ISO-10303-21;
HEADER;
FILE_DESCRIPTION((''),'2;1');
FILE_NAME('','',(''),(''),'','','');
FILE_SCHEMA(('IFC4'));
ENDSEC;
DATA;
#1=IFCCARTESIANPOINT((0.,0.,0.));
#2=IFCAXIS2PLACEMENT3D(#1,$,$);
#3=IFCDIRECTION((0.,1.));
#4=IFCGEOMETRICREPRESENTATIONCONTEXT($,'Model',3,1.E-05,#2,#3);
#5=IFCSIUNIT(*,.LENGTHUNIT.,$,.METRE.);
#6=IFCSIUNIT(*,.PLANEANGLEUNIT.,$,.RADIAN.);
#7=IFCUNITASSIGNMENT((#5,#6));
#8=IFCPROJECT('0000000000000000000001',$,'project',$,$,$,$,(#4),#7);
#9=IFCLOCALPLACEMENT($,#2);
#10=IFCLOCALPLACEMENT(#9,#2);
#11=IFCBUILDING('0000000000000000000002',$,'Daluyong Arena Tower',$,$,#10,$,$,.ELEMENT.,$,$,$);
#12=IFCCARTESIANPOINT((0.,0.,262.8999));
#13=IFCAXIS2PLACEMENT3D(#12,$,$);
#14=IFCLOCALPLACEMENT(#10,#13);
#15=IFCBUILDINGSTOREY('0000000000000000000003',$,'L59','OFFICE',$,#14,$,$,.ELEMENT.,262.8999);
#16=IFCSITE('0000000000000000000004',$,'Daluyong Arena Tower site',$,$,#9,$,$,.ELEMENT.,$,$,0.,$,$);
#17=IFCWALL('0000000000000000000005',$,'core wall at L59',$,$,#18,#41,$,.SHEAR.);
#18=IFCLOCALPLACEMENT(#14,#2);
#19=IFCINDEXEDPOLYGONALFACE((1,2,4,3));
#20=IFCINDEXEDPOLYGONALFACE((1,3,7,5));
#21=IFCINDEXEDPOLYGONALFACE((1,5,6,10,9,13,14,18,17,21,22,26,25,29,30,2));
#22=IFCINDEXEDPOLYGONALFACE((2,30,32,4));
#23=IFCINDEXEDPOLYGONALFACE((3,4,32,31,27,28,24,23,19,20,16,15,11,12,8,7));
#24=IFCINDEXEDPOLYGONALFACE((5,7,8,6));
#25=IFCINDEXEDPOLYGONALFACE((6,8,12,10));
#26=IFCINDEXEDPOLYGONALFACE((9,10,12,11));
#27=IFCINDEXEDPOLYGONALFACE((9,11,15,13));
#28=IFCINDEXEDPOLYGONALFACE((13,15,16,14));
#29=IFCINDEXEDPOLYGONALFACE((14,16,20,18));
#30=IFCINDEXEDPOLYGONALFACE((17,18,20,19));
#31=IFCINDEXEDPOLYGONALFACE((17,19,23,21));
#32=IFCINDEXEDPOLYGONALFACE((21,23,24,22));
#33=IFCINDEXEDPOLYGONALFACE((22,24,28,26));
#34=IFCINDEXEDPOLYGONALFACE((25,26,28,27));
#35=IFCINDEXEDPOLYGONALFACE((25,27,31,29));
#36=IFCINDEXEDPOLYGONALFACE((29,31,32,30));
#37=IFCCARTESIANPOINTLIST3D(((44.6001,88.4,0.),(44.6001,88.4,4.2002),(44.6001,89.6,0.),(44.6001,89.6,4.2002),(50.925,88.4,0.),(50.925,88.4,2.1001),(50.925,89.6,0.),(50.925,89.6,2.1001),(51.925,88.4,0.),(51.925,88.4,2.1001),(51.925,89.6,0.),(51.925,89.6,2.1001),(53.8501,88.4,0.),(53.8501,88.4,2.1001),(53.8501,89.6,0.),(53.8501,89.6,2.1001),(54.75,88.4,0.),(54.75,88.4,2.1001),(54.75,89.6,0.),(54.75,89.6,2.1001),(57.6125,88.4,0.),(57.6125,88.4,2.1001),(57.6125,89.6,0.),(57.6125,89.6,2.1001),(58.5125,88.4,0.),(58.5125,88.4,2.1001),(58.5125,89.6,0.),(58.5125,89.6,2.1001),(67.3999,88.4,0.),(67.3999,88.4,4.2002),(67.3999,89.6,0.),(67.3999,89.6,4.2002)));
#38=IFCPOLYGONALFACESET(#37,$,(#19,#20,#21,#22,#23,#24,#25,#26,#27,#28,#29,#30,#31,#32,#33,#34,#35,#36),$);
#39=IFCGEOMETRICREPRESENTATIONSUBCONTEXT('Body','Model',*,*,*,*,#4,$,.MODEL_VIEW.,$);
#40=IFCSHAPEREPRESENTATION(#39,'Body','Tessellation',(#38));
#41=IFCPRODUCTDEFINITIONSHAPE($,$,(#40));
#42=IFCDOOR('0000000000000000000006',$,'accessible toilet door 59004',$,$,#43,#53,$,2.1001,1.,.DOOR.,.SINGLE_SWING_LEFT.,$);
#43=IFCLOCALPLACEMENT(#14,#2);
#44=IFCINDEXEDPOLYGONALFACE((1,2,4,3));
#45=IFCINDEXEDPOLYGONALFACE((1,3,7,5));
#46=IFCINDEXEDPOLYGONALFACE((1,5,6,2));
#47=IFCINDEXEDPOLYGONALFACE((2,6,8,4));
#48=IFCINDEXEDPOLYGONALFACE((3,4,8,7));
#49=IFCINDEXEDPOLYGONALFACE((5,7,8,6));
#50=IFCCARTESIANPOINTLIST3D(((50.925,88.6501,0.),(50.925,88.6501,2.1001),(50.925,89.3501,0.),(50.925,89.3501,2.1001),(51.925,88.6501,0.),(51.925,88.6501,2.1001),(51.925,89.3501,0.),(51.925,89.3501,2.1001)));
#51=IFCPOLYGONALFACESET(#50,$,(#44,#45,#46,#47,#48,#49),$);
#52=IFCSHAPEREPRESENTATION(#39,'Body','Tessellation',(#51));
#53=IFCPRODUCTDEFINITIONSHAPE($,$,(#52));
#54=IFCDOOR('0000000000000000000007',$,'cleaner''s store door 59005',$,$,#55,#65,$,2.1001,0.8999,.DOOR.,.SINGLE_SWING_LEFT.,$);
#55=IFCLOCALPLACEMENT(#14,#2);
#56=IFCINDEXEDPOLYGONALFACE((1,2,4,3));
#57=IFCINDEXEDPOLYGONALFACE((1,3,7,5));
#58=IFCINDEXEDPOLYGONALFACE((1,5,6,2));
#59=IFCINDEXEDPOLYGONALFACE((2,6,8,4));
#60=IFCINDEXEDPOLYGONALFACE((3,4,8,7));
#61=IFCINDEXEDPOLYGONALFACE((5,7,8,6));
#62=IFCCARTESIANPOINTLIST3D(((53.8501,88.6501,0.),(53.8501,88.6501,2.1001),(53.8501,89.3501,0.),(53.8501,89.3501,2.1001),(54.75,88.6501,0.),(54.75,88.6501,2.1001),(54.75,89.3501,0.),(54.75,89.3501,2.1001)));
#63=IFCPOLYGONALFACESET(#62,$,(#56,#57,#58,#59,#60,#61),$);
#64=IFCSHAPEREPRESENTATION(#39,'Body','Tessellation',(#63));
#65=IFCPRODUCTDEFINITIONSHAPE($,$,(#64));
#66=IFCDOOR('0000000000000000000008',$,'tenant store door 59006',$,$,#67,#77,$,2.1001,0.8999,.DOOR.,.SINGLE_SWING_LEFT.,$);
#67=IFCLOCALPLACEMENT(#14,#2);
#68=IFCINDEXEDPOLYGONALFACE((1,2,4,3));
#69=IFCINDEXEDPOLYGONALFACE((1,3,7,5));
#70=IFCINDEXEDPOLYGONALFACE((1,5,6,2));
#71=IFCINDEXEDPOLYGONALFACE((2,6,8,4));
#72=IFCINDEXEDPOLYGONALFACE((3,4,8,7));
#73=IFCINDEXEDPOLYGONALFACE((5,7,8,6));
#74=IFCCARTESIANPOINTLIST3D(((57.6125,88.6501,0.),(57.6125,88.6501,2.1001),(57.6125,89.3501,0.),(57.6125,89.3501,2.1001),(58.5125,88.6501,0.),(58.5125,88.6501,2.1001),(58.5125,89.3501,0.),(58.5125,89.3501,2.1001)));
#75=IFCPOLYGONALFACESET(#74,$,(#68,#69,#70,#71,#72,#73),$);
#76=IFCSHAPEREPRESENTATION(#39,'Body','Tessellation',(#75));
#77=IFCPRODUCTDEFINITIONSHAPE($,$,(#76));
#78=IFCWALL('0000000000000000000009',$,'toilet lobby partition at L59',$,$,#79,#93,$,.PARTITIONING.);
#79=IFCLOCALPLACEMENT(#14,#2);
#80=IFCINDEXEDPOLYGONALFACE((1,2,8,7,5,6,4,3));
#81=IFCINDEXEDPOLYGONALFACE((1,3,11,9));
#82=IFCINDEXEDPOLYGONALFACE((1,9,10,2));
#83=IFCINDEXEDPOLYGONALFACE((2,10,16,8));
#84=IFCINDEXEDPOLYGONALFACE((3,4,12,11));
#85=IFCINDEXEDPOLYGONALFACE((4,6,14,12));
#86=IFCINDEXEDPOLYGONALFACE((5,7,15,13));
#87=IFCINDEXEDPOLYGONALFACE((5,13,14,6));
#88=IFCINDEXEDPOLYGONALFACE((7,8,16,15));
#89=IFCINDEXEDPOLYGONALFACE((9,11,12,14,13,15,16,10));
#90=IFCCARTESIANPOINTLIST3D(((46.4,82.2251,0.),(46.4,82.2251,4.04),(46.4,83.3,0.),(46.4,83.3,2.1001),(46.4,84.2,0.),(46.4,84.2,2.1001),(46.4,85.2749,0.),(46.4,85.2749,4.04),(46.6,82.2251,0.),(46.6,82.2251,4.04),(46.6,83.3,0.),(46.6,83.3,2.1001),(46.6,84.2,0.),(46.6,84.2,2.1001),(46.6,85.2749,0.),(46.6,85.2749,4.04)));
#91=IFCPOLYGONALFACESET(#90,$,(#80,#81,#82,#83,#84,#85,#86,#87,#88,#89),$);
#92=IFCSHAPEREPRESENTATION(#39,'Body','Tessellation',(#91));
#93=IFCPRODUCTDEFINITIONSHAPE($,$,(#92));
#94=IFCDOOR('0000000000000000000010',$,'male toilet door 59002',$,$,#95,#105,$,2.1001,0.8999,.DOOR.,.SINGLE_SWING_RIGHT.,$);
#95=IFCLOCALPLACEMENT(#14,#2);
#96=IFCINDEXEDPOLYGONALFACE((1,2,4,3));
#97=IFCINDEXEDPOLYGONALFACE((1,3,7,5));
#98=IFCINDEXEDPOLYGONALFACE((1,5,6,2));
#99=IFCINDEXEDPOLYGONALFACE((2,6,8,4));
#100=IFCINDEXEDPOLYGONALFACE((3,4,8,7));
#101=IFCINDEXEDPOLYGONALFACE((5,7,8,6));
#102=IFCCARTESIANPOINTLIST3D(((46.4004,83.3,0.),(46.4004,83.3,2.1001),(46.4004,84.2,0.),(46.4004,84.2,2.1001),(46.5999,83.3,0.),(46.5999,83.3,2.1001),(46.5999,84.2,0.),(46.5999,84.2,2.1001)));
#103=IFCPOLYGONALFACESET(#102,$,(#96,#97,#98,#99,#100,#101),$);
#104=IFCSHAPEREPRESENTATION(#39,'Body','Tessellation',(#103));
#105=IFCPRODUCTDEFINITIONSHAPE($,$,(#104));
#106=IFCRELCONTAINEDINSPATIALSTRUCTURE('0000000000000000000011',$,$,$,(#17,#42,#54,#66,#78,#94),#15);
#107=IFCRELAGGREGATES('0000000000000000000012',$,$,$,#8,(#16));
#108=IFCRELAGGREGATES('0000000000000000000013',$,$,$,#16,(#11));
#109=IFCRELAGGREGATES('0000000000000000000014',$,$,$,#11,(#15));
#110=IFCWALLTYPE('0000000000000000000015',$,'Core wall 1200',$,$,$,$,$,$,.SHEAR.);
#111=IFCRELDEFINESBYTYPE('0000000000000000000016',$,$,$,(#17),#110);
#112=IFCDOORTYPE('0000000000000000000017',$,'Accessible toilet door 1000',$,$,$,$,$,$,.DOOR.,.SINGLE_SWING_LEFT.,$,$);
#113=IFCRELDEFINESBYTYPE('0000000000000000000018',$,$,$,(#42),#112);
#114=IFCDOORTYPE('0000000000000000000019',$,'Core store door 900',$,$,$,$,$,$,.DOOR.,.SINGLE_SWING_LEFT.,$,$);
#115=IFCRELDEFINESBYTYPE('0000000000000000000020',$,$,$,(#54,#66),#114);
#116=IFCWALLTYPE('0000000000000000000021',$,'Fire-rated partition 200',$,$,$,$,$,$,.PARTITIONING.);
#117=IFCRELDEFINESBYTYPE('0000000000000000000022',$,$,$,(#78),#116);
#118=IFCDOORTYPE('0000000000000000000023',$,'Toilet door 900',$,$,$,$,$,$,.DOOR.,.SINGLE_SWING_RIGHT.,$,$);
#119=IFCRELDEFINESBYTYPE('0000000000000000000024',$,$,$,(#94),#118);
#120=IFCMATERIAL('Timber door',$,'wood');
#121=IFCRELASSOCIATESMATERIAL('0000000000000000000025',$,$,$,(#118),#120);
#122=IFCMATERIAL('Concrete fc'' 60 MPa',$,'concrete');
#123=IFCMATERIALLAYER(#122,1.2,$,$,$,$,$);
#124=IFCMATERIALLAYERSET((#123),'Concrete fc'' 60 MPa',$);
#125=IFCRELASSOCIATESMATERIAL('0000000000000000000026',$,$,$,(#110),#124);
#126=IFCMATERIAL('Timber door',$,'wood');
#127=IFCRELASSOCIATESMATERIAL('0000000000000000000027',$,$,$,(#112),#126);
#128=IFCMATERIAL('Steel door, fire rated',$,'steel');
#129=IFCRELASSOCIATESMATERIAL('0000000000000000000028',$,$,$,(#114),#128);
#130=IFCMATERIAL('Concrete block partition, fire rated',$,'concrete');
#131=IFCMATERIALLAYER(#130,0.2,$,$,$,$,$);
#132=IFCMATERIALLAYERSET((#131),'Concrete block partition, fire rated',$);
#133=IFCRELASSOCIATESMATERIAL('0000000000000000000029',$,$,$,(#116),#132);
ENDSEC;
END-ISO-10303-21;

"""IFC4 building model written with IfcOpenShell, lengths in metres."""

from ifc_helpers import new_model, si_unit, direction, frame, frame_2d, origin, place, context, subcontext, project, spatial, rectangle, extrude, material, layer, layer_set, type_object, element, fill, save


model = new_model("IFC4")

# Units and contexts
model_context = context("Model", 3, precision=1e-05, world=origin(), true_north=direction((0.0, 1.0)))
body_context = subcontext(model_context, "Body", "Model", "MODEL_VIEW")
ifc_project = project(units=[si_unit("LENGTHUNIT", "METRE"), si_unit("PLANEANGLEUNIT", "RADIAN")], contexts=[model_context])

# Site, building, storey
site_placement = place(None, origin())
site = spatial("IfcSite", under=ifc_project, at=site_placement, Name="Daluyong Arena Tower site", CompositionType="ELEMENT", RefElevation=0.0)
building_placement = place(site_placement, origin())
building = spatial("IfcBuilding", under=site, at=building_placement, Name="Daluyong Arena Tower", CompositionType="ELEMENT")
storey_placement = place(building_placement, frame((0.0, 0.0, 262.8999)))
storey = spatial("IfcBuildingStorey", under=building, at=storey_placement, Name="L59", Description="OFFICE", CompositionType="ELEMENT", Elevation=262.8999)

# Shared definitions
ifc_material_1 = material(Name="Timber door", Category="wood")
door_type_1 = type_object("IfcDoorType", Name="Toilet door 900", OperationType="SINGLE_SWING_RIGHT", PredefinedType="DOOR", material=ifc_material_1)

# Wall, openings, doors
ifc_material_2 = material(Name="Concrete fc' 60 MPa", Category="concrete")
ifc_layer_1 = layer(ifc_material_2, 1.2)
ifc_layer_set_1 = layer_set([ifc_layer_1], Name="Concrete fc' 60 MPa")
wall_type_1 = type_object("IfcWallType", Name="Core wall 1200", PredefinedType="SHEAR", material=ifc_layer_set_1)
wall_1_placement = place(storey_placement, frame((44.6001, 89.0, 0.0), z_axis=(0.0, 0.0, 1.0), x_axis=(1.0, 0.0, 0.0)))
wall_1 = element("IfcWall", 1, at=wall_1_placement, inside=storey, type_object=wall_type_1, Name="core wall at L59", PredefinedType="SHEAR", context=body_context, shape_type="SweptSolid", body=[
    extrude(rectangle(XDim=22.7998, YDim=1.2, at=frame_2d((11.3999, 0.0))), origin(), (0.0, 0.0, 1.0), 4.2002),
])
opening_1_placement = place(wall_1_placement, frame((6.325, 0.0, 0.0)))
opening_1 = element("IfcOpeningElement", 2, at=opening_1_placement, cuts=wall_1, PredefinedType="OPENING", context=body_context, shape_type="SweptSolid", body=[
    extrude(rectangle(XDim=1.0, YDim=2.1001, at=frame_2d((0.5, 1.05))), frame((0.0, 0.6099, 0.0), z_axis=(0.0, -1.0, 0.0), x_axis=(1.0, 0.0, 0.0)), (0.0, 0.0, 1.0), 1.22),
])
opening_2_placement = place(wall_1_placement, frame((9.25, 0.0, 0.0)))
opening_2 = element("IfcOpeningElement", 3, at=opening_2_placement, cuts=wall_1, PredefinedType="OPENING", context=body_context, shape_type="SweptSolid", body=[
    extrude(rectangle(XDim=0.8999, YDim=2.1001, at=frame_2d((0.45, 1.05))), frame((0.0, 0.6099, 0.0), z_axis=(0.0, -1.0, 0.0), x_axis=(1.0, 0.0, 0.0)), (0.0, 0.0, 1.0), 1.22),
])
opening_3_placement = place(wall_1_placement, frame((13.0125, 0.0, 0.0)))
opening_3 = element("IfcOpeningElement", 4, at=opening_3_placement, cuts=wall_1, PredefinedType="OPENING", context=body_context, shape_type="SweptSolid", body=[
    extrude(rectangle(XDim=0.8999, YDim=2.1001, at=frame_2d((0.45, 1.05))), frame((0.0, 0.6099, 0.0), z_axis=(0.0, -1.0, 0.0), x_axis=(1.0, 0.0, 0.0)), (0.0, 0.0, 1.0), 1.22),
])
ifc_material_3 = material(Name="Timber door", Category="wood")
door_type_2 = type_object("IfcDoorType", Name="Accessible toilet door 1000", OperationType="SINGLE_SWING_LEFT", PredefinedType="DOOR", material=ifc_material_3)
door_1_placement = place(opening_1_placement, origin())
door_1 = element("IfcDoor", 5, at=door_1_placement, inside=storey, type_object=door_type_2, Name="accessible toilet door 59004", OperationType="SINGLE_SWING_LEFT", OverallHeight=2.1001, OverallWidth=1.0, PredefinedType="DOOR", context=body_context, shape_type="SweptSolid", body=[
    extrude(rectangle(XDim=1.0, YDim=2.1001, at=frame_2d((0.5, 1.05))), frame((0.0, 0.3501, 0.0), z_axis=(0.0, -1.0, 0.0), x_axis=(1.0, 0.0, 0.0)), (0.0, 0.0, 1.0), 0.7),
])
fill(opening_1, door_1)
ifc_material_4 = material(Name="Steel door, fire rated", Category="steel")
door_type_3 = type_object("IfcDoorType", Name="Core store door 900", OperationType="SINGLE_SWING_LEFT", PredefinedType="DOOR", material=ifc_material_4)
door_2_placement = place(opening_2_placement, origin())
door_2 = element("IfcDoor", 6, at=door_2_placement, inside=storey, type_object=door_type_3, Name="cleaner's store door 59005", OperationType="SINGLE_SWING_LEFT", OverallHeight=2.1001, OverallWidth=0.8999, PredefinedType="DOOR", context=body_context, shape_type="SweptSolid", body=[
    extrude(rectangle(XDim=0.8999, YDim=2.1001, at=frame_2d((0.45, 1.05))), frame((0.0, 0.3501, 0.0), z_axis=(0.0, -1.0, 0.0), x_axis=(1.0, 0.0, 0.0)), (0.0, 0.0, 1.0), 0.7),
])
fill(opening_2, door_2)
door_3_placement = place(opening_3_placement, origin())
door_3 = element("IfcDoor", 7, at=door_3_placement, inside=storey, type_object=door_type_3, Name="tenant store door 59006", OperationType="SINGLE_SWING_LEFT", OverallHeight=2.1001, OverallWidth=0.8999, PredefinedType="DOOR", context=body_context, shape_type="SweptSolid", body=[
    extrude(rectangle(XDim=0.8999, YDim=2.1001, at=frame_2d((0.45, 1.05))), frame((0.0, 0.3501, 0.0), z_axis=(0.0, -1.0, 0.0), x_axis=(1.0, 0.0, 0.0)), (0.0, 0.0, 1.0), 0.7),
])
fill(opening_3, door_3)

# Wall, opening, door
ifc_material_5 = material(Name="Concrete block partition, fire rated", Category="concrete")
ifc_layer_2 = layer(ifc_material_5, 0.2)
ifc_layer_set_2 = layer_set([ifc_layer_2], Name="Concrete block partition, fire rated")
wall_type_2 = type_object("IfcWallType", Name="Fire-rated partition 200", PredefinedType="PARTITIONING", material=ifc_layer_set_2)
wall_2_placement = place(storey_placement, frame((46.5, 82.2251, 0.0), z_axis=(0.0, 0.0, 1.0), x_axis=(0.0, 1.0, 0.0)))
wall_2 = element("IfcWall", 8, at=wall_2_placement, inside=storey, type_object=wall_type_2, Name="toilet lobby partition at L59", PredefinedType="PARTITIONING", context=body_context, shape_type="SweptSolid", body=[
    extrude(rectangle(XDim=3.0498, YDim=0.2, at=frame_2d((1.5249, 0.0))), origin(), (0.0, 0.0, 1.0), 4.04),
])
opening_4_placement = place(wall_2_placement, frame((1.075, 0.0, 0.0)))
opening_4 = element("IfcOpeningElement", 9, at=opening_4_placement, cuts=wall_2, PredefinedType="OPENING", context=body_context, shape_type="SweptSolid", body=[
    extrude(rectangle(XDim=0.8999, YDim=2.1001, at=frame_2d((0.45, 1.05))), frame((0.0, 0.1099, 0.0), z_axis=(0.0, -1.0, 0.0), x_axis=(1.0, 0.0, 0.0)), (0.0, 0.0, 1.0), 0.22),
])
door_4_placement = place(opening_4_placement, origin())
door_4 = element("IfcDoor", 10, at=door_4_placement, inside=storey, type_object=door_type_1, Name="male toilet door 59002", OperationType="SINGLE_SWING_RIGHT", OverallHeight=2.1001, OverallWidth=0.8999, PredefinedType="DOOR", context=body_context, shape_type="SweptSolid", body=[
    extrude(rectangle(XDim=0.8999, YDim=2.1001, at=frame_2d((0.45, 1.05))), frame((0.0, 0.0996, 0.0), z_axis=(0.0, -1.0, 0.0), x_axis=(1.0, 0.0, 0.0)), (0.0, 0.0, 1.0), 0.1995),
])
fill(opening_4, door_4)

save(model, "model.ifc")
